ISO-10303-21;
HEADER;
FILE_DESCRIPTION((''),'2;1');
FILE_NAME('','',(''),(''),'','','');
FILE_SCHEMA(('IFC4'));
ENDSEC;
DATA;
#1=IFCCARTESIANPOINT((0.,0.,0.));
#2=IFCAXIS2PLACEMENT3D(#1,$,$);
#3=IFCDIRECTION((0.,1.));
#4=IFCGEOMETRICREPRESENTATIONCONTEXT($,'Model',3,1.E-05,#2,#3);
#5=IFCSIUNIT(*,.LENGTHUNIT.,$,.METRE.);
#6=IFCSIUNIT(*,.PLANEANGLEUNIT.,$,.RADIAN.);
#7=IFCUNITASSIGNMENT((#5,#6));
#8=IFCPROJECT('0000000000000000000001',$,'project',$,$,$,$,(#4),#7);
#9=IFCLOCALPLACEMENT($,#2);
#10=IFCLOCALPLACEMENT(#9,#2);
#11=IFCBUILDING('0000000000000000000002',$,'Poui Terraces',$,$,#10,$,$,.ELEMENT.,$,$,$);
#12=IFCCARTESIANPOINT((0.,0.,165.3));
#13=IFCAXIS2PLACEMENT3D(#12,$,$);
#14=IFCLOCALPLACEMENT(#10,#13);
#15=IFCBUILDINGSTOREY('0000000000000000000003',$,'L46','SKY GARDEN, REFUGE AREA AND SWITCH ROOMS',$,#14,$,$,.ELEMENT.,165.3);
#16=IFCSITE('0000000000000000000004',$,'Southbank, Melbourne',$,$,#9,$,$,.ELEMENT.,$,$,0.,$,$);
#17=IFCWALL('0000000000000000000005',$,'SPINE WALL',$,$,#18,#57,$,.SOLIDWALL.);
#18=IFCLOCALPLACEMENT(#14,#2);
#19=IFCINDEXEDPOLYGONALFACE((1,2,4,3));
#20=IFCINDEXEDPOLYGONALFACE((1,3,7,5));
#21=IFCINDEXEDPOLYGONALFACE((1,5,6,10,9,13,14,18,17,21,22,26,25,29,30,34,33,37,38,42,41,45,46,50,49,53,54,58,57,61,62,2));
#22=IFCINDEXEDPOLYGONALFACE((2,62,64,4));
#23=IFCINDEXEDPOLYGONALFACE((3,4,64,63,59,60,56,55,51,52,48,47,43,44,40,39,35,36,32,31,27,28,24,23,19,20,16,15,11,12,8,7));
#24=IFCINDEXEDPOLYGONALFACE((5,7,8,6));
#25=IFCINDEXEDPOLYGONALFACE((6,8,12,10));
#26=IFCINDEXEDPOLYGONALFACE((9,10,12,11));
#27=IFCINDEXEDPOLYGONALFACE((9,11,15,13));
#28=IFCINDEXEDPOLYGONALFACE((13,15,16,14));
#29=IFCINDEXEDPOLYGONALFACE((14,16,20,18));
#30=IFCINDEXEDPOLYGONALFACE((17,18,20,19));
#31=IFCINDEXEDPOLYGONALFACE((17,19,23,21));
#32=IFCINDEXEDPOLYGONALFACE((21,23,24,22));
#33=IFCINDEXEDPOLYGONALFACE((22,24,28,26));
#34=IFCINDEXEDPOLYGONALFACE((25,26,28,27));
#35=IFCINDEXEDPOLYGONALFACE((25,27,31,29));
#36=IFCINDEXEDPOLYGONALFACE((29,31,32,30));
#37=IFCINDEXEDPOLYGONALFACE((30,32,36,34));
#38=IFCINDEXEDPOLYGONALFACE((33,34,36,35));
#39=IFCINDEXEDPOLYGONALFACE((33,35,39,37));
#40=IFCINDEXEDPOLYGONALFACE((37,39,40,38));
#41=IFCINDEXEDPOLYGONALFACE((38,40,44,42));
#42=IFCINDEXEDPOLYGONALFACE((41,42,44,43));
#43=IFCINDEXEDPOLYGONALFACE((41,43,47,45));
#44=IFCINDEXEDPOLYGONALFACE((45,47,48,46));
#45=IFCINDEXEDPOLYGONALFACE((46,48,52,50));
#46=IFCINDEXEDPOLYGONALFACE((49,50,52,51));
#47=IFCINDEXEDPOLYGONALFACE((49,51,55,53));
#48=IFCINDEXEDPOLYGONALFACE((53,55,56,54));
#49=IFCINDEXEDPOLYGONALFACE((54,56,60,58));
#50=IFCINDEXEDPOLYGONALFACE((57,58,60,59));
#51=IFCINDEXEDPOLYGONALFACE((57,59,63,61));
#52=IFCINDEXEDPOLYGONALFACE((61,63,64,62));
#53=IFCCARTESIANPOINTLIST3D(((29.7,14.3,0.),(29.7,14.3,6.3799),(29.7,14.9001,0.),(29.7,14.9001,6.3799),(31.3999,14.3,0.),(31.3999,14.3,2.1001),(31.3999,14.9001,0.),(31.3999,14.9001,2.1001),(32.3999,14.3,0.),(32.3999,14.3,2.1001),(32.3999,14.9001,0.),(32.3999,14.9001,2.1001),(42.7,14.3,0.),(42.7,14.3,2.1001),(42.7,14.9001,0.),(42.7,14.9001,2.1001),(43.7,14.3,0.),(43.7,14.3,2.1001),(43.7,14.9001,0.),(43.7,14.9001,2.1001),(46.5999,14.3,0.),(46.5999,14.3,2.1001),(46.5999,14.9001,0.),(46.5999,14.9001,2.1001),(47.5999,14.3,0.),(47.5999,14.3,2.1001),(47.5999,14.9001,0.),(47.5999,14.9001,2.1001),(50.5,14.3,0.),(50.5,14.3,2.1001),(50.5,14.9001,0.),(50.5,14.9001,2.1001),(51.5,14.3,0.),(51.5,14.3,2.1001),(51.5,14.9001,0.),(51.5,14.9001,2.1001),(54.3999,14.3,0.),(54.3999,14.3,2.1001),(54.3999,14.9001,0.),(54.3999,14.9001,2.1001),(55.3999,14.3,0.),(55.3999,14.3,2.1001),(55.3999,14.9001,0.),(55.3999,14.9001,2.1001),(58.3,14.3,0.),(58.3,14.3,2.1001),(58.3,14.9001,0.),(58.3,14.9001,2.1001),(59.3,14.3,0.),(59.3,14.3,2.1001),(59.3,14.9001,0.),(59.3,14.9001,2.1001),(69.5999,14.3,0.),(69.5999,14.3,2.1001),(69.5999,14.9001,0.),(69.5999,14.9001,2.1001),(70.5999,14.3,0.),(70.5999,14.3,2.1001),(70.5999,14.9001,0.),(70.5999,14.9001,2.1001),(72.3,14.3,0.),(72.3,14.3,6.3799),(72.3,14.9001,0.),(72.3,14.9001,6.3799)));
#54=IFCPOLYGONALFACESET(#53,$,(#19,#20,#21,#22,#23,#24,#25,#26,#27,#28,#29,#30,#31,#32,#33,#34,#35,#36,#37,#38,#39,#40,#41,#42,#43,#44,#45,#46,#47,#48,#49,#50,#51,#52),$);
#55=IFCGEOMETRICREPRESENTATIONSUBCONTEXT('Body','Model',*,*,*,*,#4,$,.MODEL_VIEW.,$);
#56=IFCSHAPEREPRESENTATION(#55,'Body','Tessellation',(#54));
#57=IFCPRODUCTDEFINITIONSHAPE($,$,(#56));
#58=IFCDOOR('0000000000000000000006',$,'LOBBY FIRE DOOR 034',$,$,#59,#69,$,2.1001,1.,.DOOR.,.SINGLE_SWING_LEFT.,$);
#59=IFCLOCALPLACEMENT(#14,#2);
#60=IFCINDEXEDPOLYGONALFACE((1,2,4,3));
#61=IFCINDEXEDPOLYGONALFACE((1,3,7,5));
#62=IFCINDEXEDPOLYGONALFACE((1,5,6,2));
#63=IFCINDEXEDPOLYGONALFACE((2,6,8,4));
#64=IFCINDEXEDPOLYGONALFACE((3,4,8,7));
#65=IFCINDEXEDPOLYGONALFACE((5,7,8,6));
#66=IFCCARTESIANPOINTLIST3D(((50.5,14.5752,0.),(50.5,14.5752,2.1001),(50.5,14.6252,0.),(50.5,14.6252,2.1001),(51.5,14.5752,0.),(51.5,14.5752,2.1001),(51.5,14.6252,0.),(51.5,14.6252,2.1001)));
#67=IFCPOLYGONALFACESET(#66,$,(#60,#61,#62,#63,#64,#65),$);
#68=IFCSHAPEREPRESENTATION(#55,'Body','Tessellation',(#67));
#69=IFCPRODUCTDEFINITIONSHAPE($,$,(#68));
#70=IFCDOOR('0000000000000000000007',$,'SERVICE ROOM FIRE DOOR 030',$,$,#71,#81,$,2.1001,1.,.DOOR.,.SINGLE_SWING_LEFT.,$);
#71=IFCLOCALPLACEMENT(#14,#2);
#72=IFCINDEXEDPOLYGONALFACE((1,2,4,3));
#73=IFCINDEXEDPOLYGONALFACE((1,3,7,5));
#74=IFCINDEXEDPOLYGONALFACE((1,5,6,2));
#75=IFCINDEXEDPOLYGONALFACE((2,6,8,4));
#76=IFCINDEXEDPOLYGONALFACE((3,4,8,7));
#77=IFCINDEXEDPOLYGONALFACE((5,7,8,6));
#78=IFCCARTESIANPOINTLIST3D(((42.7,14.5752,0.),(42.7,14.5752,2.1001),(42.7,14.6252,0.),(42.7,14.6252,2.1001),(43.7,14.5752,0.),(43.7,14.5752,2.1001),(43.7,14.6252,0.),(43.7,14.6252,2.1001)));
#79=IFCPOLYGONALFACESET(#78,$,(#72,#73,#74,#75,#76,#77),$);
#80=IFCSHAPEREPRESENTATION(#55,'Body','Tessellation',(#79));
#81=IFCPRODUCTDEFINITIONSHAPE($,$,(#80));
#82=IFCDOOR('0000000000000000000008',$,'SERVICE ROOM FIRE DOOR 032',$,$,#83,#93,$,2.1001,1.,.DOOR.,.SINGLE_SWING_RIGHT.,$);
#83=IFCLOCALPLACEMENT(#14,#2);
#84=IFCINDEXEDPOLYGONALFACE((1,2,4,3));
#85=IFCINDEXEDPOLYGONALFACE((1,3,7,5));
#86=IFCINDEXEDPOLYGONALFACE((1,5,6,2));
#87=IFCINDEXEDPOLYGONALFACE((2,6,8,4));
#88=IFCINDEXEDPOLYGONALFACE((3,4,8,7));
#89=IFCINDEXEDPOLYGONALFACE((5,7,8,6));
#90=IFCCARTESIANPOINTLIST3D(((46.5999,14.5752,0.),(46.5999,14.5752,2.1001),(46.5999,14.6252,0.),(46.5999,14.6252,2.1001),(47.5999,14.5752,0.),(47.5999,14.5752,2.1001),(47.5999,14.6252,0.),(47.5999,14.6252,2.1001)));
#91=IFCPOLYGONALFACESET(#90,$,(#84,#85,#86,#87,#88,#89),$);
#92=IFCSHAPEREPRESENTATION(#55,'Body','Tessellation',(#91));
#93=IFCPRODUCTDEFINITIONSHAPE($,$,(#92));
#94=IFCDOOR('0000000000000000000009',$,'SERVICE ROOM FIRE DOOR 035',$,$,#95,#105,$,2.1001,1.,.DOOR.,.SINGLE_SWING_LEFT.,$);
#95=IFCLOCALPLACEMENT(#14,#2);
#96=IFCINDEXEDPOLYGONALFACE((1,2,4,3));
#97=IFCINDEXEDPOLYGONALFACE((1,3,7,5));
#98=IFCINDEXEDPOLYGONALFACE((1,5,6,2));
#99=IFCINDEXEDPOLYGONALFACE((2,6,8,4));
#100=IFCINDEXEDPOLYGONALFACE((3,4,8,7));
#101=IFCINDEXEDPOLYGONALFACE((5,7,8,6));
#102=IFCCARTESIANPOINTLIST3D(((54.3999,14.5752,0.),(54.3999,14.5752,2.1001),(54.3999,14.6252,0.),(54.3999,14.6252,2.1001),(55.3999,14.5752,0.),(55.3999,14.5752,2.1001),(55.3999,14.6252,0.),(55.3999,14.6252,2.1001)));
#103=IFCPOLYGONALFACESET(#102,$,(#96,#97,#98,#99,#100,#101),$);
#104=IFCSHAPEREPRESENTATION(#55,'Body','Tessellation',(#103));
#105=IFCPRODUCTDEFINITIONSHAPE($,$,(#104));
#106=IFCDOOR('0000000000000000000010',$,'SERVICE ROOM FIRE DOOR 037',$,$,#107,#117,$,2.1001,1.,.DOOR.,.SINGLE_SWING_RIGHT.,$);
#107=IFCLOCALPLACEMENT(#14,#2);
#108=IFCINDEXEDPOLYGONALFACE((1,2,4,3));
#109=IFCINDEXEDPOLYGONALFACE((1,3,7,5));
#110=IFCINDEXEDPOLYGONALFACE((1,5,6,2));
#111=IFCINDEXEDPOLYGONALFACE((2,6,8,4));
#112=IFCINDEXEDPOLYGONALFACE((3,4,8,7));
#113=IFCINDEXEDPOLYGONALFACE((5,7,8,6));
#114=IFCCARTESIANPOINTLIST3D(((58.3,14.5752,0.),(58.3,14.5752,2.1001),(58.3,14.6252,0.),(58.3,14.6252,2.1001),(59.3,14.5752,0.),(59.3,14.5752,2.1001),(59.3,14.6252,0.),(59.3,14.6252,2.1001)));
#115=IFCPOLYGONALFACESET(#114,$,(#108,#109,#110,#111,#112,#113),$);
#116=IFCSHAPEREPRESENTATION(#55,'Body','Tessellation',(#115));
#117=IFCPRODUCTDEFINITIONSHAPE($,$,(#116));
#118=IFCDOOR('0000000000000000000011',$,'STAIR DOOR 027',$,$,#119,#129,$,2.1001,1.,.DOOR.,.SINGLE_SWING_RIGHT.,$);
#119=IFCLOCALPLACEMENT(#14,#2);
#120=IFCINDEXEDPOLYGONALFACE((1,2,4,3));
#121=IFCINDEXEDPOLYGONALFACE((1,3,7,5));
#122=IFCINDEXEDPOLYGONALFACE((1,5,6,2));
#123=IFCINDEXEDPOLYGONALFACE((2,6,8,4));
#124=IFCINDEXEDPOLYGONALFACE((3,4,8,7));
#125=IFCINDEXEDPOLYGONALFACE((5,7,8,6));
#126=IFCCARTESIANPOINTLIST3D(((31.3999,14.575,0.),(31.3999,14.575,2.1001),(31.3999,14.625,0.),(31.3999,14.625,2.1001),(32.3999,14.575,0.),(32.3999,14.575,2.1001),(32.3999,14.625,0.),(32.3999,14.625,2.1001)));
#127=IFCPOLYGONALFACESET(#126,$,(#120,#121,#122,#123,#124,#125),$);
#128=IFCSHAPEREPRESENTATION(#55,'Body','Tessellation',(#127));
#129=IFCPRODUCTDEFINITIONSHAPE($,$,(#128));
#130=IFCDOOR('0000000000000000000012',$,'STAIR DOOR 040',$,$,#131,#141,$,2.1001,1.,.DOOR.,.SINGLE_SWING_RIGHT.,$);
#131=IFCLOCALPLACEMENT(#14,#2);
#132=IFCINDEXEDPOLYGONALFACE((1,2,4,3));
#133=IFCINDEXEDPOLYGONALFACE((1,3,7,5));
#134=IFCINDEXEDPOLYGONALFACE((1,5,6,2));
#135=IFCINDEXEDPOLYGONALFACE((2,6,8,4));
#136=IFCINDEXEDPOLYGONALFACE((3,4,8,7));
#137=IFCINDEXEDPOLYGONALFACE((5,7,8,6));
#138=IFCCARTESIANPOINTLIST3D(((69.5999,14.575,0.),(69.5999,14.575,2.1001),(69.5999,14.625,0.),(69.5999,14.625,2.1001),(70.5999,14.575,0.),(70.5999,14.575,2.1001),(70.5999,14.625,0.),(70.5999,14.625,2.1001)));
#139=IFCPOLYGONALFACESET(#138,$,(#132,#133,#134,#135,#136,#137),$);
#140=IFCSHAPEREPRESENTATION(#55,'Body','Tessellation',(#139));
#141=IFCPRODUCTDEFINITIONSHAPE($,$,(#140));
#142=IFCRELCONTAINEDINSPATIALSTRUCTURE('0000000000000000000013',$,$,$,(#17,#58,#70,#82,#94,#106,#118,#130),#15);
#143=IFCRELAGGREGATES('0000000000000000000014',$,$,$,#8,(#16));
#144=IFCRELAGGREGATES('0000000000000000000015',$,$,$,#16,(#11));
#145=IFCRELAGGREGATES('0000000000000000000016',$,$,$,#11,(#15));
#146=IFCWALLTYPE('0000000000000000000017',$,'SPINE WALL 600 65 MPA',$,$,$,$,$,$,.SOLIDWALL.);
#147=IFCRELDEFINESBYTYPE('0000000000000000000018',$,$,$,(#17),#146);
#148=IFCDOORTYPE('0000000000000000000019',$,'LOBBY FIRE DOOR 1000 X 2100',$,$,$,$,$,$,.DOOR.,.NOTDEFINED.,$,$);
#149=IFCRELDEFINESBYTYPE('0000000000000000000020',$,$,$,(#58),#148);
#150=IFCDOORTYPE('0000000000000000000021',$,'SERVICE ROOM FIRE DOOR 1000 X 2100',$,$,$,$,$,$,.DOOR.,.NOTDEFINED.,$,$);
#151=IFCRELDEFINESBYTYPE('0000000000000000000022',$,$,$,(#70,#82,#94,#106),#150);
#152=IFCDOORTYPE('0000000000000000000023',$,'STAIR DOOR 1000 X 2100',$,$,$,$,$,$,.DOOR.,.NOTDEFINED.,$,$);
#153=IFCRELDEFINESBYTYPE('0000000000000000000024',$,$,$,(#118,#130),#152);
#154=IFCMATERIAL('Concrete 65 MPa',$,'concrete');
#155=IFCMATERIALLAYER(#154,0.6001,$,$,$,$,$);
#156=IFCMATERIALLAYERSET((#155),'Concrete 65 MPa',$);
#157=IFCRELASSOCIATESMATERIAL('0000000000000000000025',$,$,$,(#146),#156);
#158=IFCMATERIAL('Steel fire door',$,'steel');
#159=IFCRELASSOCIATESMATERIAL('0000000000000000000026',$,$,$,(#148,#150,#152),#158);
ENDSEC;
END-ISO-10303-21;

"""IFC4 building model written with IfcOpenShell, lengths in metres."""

from ifc_helpers import new_model, si_unit, direction, frame, frame_2d, origin, place, context, subcontext, project, spatial, rectangle, extrude, material, layer, layer_set, type_object, element, fill, save


model = new_model("IFC4")

# Units and contexts
model_context = context("Model", 3, precision=1e-05, world=origin(), true_north=direction((0.0, 1.0)))
body_context = subcontext(model_context, "Body", "Model", "MODEL_VIEW")
ifc_project = project(units=[si_unit("LENGTHUNIT", "METRE"), si_unit("PLANEANGLEUNIT", "RADIAN")], contexts=[model_context])

# Site, building, storey
site_placement = place(None, origin())
site = spatial("IfcSite", under=ifc_project, at=site_placement, Name="Southbank, Melbourne", CompositionType="ELEMENT", RefElevation=0.0)
building_placement = place(site_placement, origin())
building = spatial("IfcBuilding", under=site, at=building_placement, Name="Poui Terraces", CompositionType="ELEMENT")
storey_placement = place(building_placement, frame((0.0, 0.0, 165.3)))
storey = spatial("IfcBuildingStorey", under=building, at=storey_placement, Name="L46", Description="SKY GARDEN, REFUGE AREA AND SWITCH ROOMS", CompositionType="ELEMENT", Elevation=165.3)

# Shared definitions
ifc_material_1 = material(Name="Concrete 65 MPa", Category="concrete")
ifc_material_2 = material(Name="Steel fire door", Category="steel")

# Wall, openings, doors
ifc_layer_1 = layer(ifc_material_1, 0.6001)
ifc_layer_set_1 = layer_set([ifc_layer_1], Name="Concrete 65 MPa")
wall_type_1 = type_object("IfcWallType", Name="SPINE WALL 600 65 MPA", PredefinedType="SOLIDWALL", material=ifc_layer_set_1)
wall_1_placement = place(storey_placement, frame((29.7, 14.6001, 0.0), z_axis=(0.0, 0.0, 1.0), x_axis=(1.0, 0.0, 0.0)))
wall_1 = element("IfcWall", 1, at=wall_1_placement, inside=storey, type_object=wall_type_1, Name="SPINE WALL", PredefinedType="SOLIDWALL", context=body_context, shape_type="SweptSolid", body=[
    extrude(rectangle(XDim=42.6001, YDim=0.6001, at=frame_2d((21.3, 0.0))), origin(), (0.0, 0.0, 1.0), 6.3799),
])
opening_1_placement = place(wall_1_placement, frame((1.7, 0.0, 0.0)))
opening_1 = element("IfcOpeningElement", 2, at=opening_1_placement, cuts=wall_1, PredefinedType="OPENING", context=body_context, shape_type="SweptSolid", body=[
    extrude(rectangle(XDim=1.0, YDim=2.1001, at=frame_2d((0.5, 1.05))), frame((0.0, 0.3101, 0.0), z_axis=(0.0, -1.0, 0.0), x_axis=(1.0, 0.0, 0.0)), (0.0, 0.0, 1.0), 0.6201),
])
opening_2_placement = place(wall_1_placement, frame((13.0, 0.0, 0.0)))
opening_2 = element("IfcOpeningElement", 3, at=opening_2_placement, cuts=wall_1, PredefinedType="OPENING", context=body_context, shape_type="SweptSolid", body=[
    extrude(rectangle(XDim=1.0, YDim=2.1001, at=frame_2d((0.5, 1.05))), frame((0.0, 0.3101, 0.0), z_axis=(0.0, -1.0, 0.0), x_axis=(1.0, 0.0, 0.0)), (0.0, 0.0, 1.0), 0.6201),
])
opening_3_placement = place(wall_1_placement, frame((16.8999, 0.0, 0.0)))
opening_3 = element("IfcOpeningElement", 4, at=opening_3_placement, cuts=wall_1, PredefinedType="OPENING", context=body_context, shape_type="SweptSolid", body=[
    extrude(rectangle(XDim=1.0, YDim=2.1001, at=frame_2d((0.5, 1.05))), frame((0.0, 0.3101, 0.0), z_axis=(0.0, -1.0, 0.0), x_axis=(1.0, 0.0, 0.0)), (0.0, 0.0, 1.0), 0.6201),
])
opening_4_placement = place(wall_1_placement, frame((20.8, 0.0, 0.0)))
opening_4 = element("IfcOpeningElement", 5, at=opening_4_placement, cuts=wall_1, PredefinedType="OPENING", context=body_context, shape_type="SweptSolid", body=[
    extrude(rectangle(XDim=1.0, YDim=2.1001, at=frame_2d((0.5, 1.05))), frame((0.0, 0.3101, 0.0), z_axis=(0.0, -1.0, 0.0), x_axis=(1.0, 0.0, 0.0)), (0.0, 0.0, 1.0), 0.6201),
])
opening_5_placement = place(wall_1_placement, frame((24.7, 0.0, 0.0)))
opening_5 = element("IfcOpeningElement", 6, at=opening_5_placement, cuts=wall_1, PredefinedType="OPENING", context=body_context, shape_type="SweptSolid", body=[
    extrude(rectangle(XDim=1.0, YDim=2.1001, at=frame_2d((0.5, 1.05))), frame((0.0, 0.3101, 0.0), z_axis=(0.0, -1.0, 0.0), x_axis=(1.0, 0.0, 0.0)), (0.0, 0.0, 1.0), 0.6201),
])
opening_6_placement = place(wall_1_placement, frame((28.6001, 0.0, 0.0)))
opening_6 = element("IfcOpeningElement", 7, at=opening_6_placement, cuts=wall_1, PredefinedType="OPENING", context=body_context, shape_type="SweptSolid", body=[
    extrude(rectangle(XDim=1.0, YDim=2.1001, at=frame_2d((0.5, 1.05))), frame((0.0, 0.3101, 0.0), z_axis=(0.0, -1.0, 0.0), x_axis=(1.0, 0.0, 0.0)), (0.0, 0.0, 1.0), 0.6201),
])
opening_7_placement = place(wall_1_placement, frame((39.8999, 0.0, 0.0)))
opening_7 = element("IfcOpeningElement", 8, at=opening_7_placement, cuts=wall_1, PredefinedType="OPENING", context=body_context, shape_type="SweptSolid", body=[
    extrude(rectangle(XDim=1.0, YDim=2.1001, at=frame_2d((0.5, 1.05))), frame((0.0, 0.3101, 0.0), z_axis=(0.0, -1.0, 0.0), x_axis=(1.0, 0.0, 0.0)), (0.0, 0.0, 1.0), 0.6201),
])
door_type_1 = type_object("IfcDoorType", Name="LOBBY FIRE DOOR 1000 X 2100", OperationType="NOTDEFINED", PredefinedType="DOOR", material=ifc_material_2)
door_1_placement = place(opening_4_placement, frame((1.0, 0.0, 0.0), z_axis=(0.0, 0.0, 1.0), x_axis=(-1.0, 0.0, 0.0)))
door_1 = element("IfcDoor", 9, at=door_1_placement, inside=storey, type_object=door_type_1, Name="LOBBY FIRE DOOR 034", OperationType="SINGLE_SWING_LEFT", OverallHeight=2.1001, OverallWidth=1.0, PredefinedType="DOOR", context=body_context, shape_type="SweptSolid", body=[
    extrude(rectangle(XDim=1.0, YDim=2.1001, at=frame_2d((0.5, 1.05))), frame((0.0, 0.0249, 0.0), z_axis=(0.0, -1.0, 0.0), x_axis=(1.0, 0.0, 0.0)), (0.0, 0.0, 1.0), 0.05),
])
fill(opening_4, door_1)
door_type_2 = type_object("IfcDoorType", Name="SERVICE ROOM FIRE DOOR 1000 X 2100", OperationType="NOTDEFINED", PredefinedType="DOOR", material=ifc_material_2)
door_2_placement = place(opening_2_placement, frame((1.0, 0.0, 0.0), z_axis=(0.0, 0.0, 1.0), x_axis=(-1.0, 0.0, 0.0)))
door_2 = element("IfcDoor", 10, at=door_2_placement, inside=storey, type_object=door_type_2, Name="SERVICE ROOM FIRE DOOR 030", OperationType="SINGLE_SWING_LEFT", OverallHeight=2.1001, OverallWidth=1.0, PredefinedType="DOOR", context=body_context, shape_type="SweptSolid", body=[
    extrude(rectangle(XDim=1.0, YDim=2.1001, at=frame_2d((0.5, 1.05))), frame((0.0, 0.0249, 0.0), z_axis=(0.0, -1.0, 0.0), x_axis=(1.0, 0.0, 0.0)), (0.0, 0.0, 1.0), 0.05),
])
fill(opening_2, door_2)
door_3_placement = place(opening_3_placement, frame((1.0, 0.0, 0.0), z_axis=(0.0, 0.0, 1.0), x_axis=(-1.0, 0.0, 0.0)))
door_3 = element("IfcDoor", 11, at=door_3_placement, inside=storey, type_object=door_type_2, Name="SERVICE ROOM FIRE DOOR 032", OperationType="SINGLE_SWING_RIGHT", OverallHeight=2.1001, OverallWidth=1.0, PredefinedType="DOOR", context=body_context, shape_type="SweptSolid", body=[
    extrude(rectangle(XDim=1.0, YDim=2.1001, at=frame_2d((0.5, 1.05))), frame((0.0, 0.0249, 0.0), z_axis=(0.0, -1.0, 0.0), x_axis=(1.0, 0.0, 0.0)), (0.0, 0.0, 1.0), 0.05),
])
fill(opening_3, door_3)
door_4_placement = place(opening_5_placement, frame((1.0, 0.0, 0.0), z_axis=(0.0, 0.0, 1.0), x_axis=(-1.0, 0.0, 0.0)))
door_4 = element("IfcDoor", 12, at=door_4_placement, inside=storey, type_object=door_type_2, Name="SERVICE ROOM FIRE DOOR 035", OperationType="SINGLE_SWING_LEFT", OverallHeight=2.1001, OverallWidth=1.0, PredefinedType="DOOR", context=body_context, shape_type="SweptSolid", body=[
    extrude(rectangle(XDim=1.0, YDim=2.1001, at=frame_2d((0.5, 1.05))), frame((0.0, 0.0249, 0.0), z_axis=(0.0, -1.0, 0.0), x_axis=(1.0, 0.0, 0.0)), (0.0, 0.0, 1.0), 0.05),
])
fill(opening_5, door_4)
door_5_placement = place(opening_6_placement, frame((1.0, 0.0, 0.0), z_axis=(0.0, 0.0, 1.0), x_axis=(-1.0, 0.0, 0.0)))
door_5 = element("IfcDoor", 13, at=door_5_placement, inside=storey, type_object=door_type_2, Name="SERVICE ROOM FIRE DOOR 037", OperationType="SINGLE_SWING_RIGHT", OverallHeight=2.1001, OverallWidth=1.0, PredefinedType="DOOR", context=body_context, shape_type="SweptSolid", body=[
    extrude(rectangle(XDim=1.0, YDim=2.1001, at=frame_2d((0.5, 1.05))), frame((0.0, 0.0249, 0.0), z_axis=(0.0, -1.0, 0.0), x_axis=(1.0, 0.0, 0.0)), (0.0, 0.0, 1.0), 0.05),
])
fill(opening_6, door_5)
door_type_3 = type_object("IfcDoorType", Name="STAIR DOOR 1000 X 2100", OperationType="NOTDEFINED", PredefinedType="DOOR", material=ifc_material_2)
door_6_placement = place(opening_1_placement, origin())
door_6 = element("IfcDoor", 14, at=door_6_placement, inside=storey, type_object=door_type_3, Name="STAIR DOOR 027", OperationType="SINGLE_SWING_RIGHT", OverallHeight=2.1001, OverallWidth=1.0, PredefinedType="DOOR", context=body_context, shape_type="SweptSolid", body=[
    extrude(rectangle(XDim=1.0, YDim=2.1001, at=frame_2d((0.5, 1.05))), frame((0.0, 0.0249, 0.0), z_axis=(0.0, -1.0, 0.0), x_axis=(1.0, 0.0, 0.0)), (0.0, 0.0, 1.0), 0.05),
])
fill(opening_1, door_6)
door_7_placement = place(opening_7_placement, origin())
door_7 = element("IfcDoor", 15, at=door_7_placement, inside=storey, type_object=door_type_3, Name="STAIR DOOR 040", OperationType="SINGLE_SWING_RIGHT", OverallHeight=2.1001, OverallWidth=1.0, PredefinedType="DOOR", context=body_context, shape_type="SweptSolid", body=[
    extrude(rectangle(XDim=1.0, YDim=2.1001, at=frame_2d((0.5, 1.05))), frame((0.0, 0.0249, 0.0), z_axis=(0.0, -1.0, 0.0), x_axis=(1.0, 0.0, 0.0)), (0.0, 0.0, 1.0), 0.05),
])
fill(opening_7, door_7)

save(model, "model.ifc")
